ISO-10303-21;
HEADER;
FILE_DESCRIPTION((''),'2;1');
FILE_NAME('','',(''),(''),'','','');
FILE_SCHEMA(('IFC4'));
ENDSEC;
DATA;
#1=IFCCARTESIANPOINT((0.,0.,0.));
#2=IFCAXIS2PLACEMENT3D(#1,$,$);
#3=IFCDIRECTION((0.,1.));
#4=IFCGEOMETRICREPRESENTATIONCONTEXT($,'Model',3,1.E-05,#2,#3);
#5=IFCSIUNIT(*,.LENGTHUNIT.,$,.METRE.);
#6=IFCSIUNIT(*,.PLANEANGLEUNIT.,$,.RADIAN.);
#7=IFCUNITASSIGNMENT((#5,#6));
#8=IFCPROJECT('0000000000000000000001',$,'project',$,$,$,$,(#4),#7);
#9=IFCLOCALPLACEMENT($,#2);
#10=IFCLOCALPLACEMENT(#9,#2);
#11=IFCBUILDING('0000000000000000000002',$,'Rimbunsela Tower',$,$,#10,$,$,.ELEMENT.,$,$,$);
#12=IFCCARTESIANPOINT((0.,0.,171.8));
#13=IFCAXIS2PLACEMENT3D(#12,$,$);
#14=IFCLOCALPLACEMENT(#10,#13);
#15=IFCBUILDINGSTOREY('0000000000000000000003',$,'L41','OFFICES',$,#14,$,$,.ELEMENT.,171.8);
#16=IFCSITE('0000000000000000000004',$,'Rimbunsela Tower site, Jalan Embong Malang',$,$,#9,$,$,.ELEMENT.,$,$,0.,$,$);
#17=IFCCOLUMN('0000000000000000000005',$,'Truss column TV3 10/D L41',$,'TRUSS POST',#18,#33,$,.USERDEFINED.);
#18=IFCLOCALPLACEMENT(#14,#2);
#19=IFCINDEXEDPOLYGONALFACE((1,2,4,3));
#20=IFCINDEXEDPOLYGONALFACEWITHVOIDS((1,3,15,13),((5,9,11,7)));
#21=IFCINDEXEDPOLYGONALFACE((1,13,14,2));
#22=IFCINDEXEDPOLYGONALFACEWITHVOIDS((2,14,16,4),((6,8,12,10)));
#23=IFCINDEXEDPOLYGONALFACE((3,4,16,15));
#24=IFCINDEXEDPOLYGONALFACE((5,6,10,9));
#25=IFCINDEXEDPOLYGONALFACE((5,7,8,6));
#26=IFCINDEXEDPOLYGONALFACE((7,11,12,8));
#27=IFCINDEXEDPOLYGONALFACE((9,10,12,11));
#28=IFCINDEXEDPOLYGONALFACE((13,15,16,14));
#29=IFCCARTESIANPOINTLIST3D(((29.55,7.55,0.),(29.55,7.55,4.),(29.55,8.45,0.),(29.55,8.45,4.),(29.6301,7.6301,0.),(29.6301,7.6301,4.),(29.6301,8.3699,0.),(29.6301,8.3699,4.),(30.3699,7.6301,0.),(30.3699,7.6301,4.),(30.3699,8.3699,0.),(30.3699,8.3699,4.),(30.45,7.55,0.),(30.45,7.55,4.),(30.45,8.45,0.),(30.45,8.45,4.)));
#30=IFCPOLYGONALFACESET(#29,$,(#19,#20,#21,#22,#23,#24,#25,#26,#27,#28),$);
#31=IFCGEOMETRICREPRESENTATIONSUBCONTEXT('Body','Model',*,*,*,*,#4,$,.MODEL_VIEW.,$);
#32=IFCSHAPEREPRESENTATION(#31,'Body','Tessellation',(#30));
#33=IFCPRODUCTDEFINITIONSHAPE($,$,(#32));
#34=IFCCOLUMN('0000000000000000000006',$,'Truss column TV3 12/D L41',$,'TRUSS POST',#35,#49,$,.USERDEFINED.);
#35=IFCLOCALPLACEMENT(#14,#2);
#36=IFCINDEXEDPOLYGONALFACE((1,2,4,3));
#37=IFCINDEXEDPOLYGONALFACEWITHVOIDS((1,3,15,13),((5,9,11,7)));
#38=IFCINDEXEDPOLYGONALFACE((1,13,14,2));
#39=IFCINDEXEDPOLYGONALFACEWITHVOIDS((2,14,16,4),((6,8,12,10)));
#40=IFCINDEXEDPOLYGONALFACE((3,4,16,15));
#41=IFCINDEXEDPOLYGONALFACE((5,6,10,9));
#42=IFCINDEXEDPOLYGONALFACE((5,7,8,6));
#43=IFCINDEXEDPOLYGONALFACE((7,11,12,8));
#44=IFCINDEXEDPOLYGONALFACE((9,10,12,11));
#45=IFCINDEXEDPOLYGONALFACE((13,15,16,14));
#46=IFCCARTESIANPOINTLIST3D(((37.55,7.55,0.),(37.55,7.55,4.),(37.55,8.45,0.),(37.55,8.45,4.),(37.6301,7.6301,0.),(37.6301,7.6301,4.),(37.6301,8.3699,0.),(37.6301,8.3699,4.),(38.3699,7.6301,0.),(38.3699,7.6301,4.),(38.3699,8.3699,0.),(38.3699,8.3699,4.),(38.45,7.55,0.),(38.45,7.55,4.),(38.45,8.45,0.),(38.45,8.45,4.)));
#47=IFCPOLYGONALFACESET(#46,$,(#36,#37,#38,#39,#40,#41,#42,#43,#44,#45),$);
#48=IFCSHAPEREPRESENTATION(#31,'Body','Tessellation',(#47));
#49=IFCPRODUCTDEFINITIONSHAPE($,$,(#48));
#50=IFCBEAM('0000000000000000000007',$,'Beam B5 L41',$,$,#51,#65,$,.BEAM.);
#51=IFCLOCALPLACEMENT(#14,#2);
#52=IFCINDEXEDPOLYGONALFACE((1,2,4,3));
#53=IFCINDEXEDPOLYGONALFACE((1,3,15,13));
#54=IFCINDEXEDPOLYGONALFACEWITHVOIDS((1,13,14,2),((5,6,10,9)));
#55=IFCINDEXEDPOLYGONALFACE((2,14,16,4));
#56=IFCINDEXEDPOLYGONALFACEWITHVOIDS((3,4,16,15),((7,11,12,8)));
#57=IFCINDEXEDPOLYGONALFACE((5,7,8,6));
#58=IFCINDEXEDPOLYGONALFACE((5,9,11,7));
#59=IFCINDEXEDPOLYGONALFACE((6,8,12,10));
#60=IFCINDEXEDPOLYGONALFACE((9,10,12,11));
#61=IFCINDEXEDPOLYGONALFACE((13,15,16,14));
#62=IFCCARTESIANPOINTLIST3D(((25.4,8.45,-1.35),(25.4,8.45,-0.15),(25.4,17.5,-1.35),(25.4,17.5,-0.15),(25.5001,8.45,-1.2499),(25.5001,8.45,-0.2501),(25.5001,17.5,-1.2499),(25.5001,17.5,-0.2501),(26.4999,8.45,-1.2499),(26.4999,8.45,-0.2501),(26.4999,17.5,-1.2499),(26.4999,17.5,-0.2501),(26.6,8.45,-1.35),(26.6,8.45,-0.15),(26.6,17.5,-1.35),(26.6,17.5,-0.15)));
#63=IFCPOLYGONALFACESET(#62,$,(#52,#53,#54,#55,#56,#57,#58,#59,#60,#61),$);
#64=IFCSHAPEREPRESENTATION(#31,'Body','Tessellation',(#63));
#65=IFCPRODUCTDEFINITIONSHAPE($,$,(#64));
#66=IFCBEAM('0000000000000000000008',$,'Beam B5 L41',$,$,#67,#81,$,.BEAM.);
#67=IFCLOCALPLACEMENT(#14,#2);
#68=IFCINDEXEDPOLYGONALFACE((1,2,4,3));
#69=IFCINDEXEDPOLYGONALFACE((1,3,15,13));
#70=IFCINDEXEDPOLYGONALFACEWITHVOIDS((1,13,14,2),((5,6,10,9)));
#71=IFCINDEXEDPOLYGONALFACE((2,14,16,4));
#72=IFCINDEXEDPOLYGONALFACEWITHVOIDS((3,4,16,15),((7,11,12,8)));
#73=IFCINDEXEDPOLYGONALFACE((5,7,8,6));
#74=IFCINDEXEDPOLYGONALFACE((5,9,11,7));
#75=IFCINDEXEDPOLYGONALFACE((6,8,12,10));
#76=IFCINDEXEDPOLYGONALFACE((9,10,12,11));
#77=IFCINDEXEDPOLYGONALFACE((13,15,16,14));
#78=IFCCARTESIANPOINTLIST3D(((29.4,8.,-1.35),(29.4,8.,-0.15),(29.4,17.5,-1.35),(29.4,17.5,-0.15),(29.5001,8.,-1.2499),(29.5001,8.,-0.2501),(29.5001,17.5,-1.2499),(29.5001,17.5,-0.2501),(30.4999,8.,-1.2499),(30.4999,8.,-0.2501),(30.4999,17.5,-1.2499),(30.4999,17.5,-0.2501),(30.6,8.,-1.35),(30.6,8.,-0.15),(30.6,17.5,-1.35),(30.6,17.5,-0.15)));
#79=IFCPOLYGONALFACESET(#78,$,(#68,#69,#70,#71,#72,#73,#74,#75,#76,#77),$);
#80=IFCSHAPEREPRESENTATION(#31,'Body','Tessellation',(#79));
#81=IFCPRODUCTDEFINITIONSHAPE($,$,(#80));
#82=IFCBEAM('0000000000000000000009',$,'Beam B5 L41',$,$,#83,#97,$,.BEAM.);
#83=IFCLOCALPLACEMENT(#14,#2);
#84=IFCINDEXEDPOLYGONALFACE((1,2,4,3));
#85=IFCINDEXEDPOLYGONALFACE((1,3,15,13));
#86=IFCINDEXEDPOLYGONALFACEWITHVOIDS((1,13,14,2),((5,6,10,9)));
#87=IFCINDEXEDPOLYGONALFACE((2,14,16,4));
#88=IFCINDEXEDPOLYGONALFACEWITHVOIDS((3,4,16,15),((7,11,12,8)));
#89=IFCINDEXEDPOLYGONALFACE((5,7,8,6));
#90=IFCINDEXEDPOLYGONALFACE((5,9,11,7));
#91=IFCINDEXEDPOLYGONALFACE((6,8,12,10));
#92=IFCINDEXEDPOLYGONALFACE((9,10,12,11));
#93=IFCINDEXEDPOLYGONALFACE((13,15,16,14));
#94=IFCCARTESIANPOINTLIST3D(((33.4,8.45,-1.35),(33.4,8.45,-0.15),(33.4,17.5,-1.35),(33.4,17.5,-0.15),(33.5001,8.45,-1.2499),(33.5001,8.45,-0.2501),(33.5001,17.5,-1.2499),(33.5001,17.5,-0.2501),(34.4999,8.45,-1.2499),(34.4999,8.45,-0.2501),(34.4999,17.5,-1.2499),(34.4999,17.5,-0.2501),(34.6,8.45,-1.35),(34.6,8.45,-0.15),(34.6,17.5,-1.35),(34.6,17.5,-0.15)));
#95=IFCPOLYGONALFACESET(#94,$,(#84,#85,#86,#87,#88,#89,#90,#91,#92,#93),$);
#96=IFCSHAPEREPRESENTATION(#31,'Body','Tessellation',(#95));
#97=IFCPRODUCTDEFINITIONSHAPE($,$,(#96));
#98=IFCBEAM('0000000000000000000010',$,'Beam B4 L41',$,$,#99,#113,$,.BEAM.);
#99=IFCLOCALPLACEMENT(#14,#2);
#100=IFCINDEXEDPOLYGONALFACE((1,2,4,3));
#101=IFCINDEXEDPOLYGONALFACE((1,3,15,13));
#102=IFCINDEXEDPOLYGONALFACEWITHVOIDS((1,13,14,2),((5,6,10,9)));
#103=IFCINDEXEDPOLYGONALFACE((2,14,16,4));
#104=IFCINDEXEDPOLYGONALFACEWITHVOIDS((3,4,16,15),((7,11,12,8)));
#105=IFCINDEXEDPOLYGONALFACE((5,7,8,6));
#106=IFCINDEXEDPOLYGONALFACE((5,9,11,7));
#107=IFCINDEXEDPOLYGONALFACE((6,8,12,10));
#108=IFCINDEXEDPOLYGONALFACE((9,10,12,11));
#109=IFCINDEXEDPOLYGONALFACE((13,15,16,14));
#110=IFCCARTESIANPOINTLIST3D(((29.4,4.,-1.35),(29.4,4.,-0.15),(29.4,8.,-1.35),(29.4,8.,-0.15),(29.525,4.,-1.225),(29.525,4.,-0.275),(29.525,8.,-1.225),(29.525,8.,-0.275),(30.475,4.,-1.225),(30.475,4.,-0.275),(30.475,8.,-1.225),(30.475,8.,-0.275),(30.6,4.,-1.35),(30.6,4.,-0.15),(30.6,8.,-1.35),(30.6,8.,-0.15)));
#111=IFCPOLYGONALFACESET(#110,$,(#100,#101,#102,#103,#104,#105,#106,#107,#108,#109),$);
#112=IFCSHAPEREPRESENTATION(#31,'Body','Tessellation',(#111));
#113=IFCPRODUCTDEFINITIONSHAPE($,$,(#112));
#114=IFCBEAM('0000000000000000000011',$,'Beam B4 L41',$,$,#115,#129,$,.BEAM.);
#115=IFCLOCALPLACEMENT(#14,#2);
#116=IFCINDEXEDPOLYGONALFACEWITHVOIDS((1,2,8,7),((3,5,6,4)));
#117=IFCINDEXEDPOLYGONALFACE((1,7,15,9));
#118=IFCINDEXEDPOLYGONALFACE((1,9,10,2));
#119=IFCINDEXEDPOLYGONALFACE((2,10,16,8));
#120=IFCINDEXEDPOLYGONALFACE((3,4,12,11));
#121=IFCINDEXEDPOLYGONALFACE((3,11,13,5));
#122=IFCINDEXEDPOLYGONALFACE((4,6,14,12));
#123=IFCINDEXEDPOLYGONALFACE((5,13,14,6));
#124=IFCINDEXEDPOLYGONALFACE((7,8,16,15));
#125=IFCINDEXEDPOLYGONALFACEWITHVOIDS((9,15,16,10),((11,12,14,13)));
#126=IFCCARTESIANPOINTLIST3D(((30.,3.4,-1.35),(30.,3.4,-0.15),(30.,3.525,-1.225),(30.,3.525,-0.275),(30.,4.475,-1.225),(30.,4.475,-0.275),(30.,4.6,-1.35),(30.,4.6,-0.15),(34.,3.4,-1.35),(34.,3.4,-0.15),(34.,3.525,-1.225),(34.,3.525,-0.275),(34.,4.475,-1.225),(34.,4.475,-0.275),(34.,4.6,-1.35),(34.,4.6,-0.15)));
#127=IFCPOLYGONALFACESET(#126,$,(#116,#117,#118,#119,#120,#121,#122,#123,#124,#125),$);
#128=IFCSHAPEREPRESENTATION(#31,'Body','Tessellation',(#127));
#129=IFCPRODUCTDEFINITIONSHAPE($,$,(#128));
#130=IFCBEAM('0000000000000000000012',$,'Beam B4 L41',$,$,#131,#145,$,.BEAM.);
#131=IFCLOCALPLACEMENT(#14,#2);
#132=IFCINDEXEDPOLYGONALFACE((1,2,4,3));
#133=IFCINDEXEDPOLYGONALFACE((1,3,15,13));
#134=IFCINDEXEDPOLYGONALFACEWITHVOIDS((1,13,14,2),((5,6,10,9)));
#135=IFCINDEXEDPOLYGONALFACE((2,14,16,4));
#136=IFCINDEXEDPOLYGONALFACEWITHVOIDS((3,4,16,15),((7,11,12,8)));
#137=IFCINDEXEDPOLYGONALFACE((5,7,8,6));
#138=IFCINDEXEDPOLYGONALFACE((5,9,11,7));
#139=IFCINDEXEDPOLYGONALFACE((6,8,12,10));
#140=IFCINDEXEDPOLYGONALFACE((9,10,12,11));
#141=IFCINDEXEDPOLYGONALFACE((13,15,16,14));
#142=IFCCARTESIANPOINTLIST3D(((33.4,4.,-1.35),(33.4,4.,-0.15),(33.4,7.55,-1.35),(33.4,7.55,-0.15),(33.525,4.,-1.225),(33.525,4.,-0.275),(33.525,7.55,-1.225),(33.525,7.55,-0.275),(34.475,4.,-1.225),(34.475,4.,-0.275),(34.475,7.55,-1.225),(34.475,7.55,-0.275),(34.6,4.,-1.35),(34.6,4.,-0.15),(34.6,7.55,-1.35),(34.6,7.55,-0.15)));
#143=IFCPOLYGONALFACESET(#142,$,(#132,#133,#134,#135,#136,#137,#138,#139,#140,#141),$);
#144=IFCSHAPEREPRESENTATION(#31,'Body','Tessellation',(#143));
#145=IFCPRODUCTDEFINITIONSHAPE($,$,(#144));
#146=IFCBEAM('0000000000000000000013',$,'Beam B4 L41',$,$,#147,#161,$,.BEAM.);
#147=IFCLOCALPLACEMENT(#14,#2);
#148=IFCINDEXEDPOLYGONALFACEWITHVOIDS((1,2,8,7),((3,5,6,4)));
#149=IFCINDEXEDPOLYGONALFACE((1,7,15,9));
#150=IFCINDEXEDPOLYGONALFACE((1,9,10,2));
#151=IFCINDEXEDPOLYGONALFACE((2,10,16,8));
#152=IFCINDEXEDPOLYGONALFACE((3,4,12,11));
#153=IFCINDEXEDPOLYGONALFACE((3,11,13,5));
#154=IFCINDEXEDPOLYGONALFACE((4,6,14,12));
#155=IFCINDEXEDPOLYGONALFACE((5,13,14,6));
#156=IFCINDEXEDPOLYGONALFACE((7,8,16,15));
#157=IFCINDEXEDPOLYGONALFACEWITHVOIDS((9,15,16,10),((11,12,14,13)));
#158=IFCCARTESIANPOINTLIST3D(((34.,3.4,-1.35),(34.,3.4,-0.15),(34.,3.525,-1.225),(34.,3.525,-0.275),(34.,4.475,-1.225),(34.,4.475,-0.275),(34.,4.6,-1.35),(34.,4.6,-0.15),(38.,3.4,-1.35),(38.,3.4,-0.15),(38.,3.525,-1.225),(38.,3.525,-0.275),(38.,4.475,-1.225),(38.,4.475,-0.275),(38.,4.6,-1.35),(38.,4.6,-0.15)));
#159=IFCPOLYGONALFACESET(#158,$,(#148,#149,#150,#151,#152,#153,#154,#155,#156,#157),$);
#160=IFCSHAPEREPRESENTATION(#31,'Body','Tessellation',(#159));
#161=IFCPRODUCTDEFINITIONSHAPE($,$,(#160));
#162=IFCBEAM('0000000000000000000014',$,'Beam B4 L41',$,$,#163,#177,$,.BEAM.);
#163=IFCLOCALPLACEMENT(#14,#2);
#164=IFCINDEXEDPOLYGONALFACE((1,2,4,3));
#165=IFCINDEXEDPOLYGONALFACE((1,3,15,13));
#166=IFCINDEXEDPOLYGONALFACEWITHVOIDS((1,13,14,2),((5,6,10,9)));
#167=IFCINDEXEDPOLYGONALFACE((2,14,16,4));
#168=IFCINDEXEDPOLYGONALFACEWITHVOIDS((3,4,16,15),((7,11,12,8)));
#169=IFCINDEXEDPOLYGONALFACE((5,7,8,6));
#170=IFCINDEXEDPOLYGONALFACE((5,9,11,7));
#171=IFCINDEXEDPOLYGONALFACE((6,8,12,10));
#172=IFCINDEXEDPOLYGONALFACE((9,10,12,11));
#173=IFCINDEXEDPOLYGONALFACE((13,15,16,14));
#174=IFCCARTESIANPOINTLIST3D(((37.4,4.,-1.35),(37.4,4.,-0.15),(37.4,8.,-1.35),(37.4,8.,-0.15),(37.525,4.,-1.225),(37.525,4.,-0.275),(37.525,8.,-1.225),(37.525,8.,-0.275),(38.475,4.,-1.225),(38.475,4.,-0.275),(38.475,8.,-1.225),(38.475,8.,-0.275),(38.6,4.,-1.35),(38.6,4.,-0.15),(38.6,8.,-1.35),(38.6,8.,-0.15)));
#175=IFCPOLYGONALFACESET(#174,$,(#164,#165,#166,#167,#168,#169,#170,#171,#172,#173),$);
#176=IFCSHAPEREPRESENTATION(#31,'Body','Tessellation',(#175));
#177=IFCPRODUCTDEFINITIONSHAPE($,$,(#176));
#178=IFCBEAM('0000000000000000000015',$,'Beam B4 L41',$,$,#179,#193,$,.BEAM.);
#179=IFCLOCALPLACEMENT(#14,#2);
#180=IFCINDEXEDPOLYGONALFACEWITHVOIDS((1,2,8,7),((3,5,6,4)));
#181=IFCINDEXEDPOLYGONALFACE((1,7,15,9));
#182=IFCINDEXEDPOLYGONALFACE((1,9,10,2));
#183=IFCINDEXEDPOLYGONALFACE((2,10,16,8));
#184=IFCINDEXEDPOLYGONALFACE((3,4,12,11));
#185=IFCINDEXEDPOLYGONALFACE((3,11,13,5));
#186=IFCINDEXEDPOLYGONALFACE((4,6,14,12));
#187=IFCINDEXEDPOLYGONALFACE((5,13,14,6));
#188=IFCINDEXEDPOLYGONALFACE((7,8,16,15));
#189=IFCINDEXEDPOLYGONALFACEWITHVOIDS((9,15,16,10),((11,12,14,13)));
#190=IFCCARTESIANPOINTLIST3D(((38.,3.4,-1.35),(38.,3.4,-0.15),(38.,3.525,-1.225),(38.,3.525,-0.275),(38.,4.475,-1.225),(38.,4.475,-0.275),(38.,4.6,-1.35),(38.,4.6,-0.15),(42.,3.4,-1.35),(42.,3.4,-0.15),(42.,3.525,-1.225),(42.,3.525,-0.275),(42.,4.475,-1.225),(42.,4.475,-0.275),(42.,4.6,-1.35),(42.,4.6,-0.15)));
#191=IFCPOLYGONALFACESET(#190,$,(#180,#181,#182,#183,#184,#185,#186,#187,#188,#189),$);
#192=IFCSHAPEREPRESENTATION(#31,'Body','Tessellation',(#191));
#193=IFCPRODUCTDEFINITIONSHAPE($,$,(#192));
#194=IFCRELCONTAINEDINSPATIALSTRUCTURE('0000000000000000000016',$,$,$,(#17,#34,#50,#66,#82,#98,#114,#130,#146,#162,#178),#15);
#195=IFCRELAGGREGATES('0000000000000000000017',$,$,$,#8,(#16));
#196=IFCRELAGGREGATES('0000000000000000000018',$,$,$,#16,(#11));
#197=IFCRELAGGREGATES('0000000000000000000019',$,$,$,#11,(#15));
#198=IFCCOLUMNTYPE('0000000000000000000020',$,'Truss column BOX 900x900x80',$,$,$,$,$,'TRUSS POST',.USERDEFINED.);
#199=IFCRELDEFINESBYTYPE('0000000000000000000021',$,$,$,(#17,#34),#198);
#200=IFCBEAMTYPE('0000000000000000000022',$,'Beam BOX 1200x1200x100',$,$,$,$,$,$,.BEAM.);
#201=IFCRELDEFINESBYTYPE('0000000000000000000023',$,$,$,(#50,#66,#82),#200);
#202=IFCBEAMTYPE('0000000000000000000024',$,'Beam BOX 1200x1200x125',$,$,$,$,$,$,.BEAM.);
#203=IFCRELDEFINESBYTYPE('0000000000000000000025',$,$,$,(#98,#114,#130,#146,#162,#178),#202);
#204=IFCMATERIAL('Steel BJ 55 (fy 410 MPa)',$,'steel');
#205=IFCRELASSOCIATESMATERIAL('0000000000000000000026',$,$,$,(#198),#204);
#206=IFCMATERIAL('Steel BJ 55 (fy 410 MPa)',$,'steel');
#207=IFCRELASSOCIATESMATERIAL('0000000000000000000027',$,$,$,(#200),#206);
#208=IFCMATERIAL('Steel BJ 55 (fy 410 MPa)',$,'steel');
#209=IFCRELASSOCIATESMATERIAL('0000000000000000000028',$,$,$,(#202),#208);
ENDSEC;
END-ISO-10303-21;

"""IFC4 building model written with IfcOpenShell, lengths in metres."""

from ifc_helpers import new_model, si_unit, direction, frame, origin, origin_2d, place, context, subcontext, project, spatial, hollow_rectangle, extrude, material, material_profile, profile_set, type_object, element, save


model = new_model("IFC4")

# Units and contexts
model_context = context("Model", 3, precision=1e-05, world=origin(), true_north=direction((0.0, 1.0)))
body_context = subcontext(model_context, "Body", "Model", "MODEL_VIEW")
ifc_project = project(units=[si_unit("LENGTHUNIT", "METRE"), si_unit("PLANEANGLEUNIT", "RADIAN")], contexts=[model_context])

# Site, building, storey
site_placement = place(None, origin())
site = spatial("IfcSite", under=ifc_project, at=site_placement, Name="Rimbunsela Tower site, Jalan Embong Malang", CompositionType="ELEMENT", RefElevation=0.0)
building_placement = place(site_placement, origin())
building = spatial("IfcBuilding", under=site, at=building_placement, Name="Rimbunsela Tower", CompositionType="ELEMENT")
storey_placement = place(building_placement, frame((0.0, 0.0, 171.8)))
storey = spatial("IfcBuildingStorey", under=building, at=storey_placement, Name="L41", Description="OFFICES", CompositionType="ELEMENT", Elevation=171.8)

# Columns
ifc_material_1 = material(Name="Steel BJ 55 (fy 410 MPa)", Category="steel")
ifc_material_profile_1 = material_profile(ifc_material_1, hollow_rectangle(XDim=0.8999, YDim=0.8999, WallThickness=0.0801, at=origin_2d()), Name="BOX 900x900x80")
ifc_profile_set_1 = profile_set([ifc_material_profile_1], Name="Steel BJ 55 (fy 410 MPa)")
column_type = type_object("IfcColumnType", Name="Truss column BOX 900x900x80", ElementType="TRUSS POST", PredefinedType="USERDEFINED", material=ifc_profile_set_1)
for number, where, z_axis, x_axis, name in (
    (1, (30.0, 8.0, 0.0), (0.0, 0.0, 1.0), (1.0, 0.0, 0.0), "Truss column TV3 10/D L41"),
    (2, (38.0, 8.0, 0.0), (0.0, 0.0, 1.0), (1.0, 0.0, 0.0), "Truss column TV3 12/D L41"),
):
    element("IfcColumn", number, at=place(storey_placement, frame(where, z_axis=z_axis, x_axis=x_axis)), inside=storey, type_object=column_type, Name=name, ObjectType="TRUSS POST", PredefinedType="USERDEFINED", context=body_context, shape_type="SweptSolid", body=[
        extrude(hollow_rectangle(XDim=0.8999, YDim=0.8999, WallThickness=0.0801, at=origin_2d()), origin(), (0.0, 0.0, 1.0), 4.0),
    ])

# Beams
ifc_material_2 = material(Name="Steel BJ 55 (fy 410 MPa)", Category="steel")
ifc_material_profile_2 = material_profile(ifc_material_2, hollow_rectangle(XDim=1.2, YDim=1.2, WallThickness=0.1001, at=origin_2d()), Name="BOX 1200x1200x100")
ifc_profile_set_2 = profile_set([ifc_material_profile_2], Name="Steel BJ 55 (fy 410 MPa)")
beam_type_1 = type_object("IfcBeamType", Name="Beam BOX 1200x1200x100", PredefinedType="BEAM", material=ifc_profile_set_2)
beam_1_placement = place(storey_placement, frame((26.0, 8.45, -0.75), z_axis=(0.0, 1.0, 0.0), x_axis=(-1.0, 0.0, 0.0)))
element("IfcBeam", 3, at=beam_1_placement, inside=storey, type_object=beam_type_1, Name="Beam B5 L41", PredefinedType="BEAM", context=body_context, shape_type="SweptSolid", body=[
    extrude(hollow_rectangle(XDim=1.2, YDim=1.2, WallThickness=0.1001, at=origin_2d()), origin(), (0.0, 0.0, 1.0), 9.05),
])
beam_2_placement = place(storey_placement, frame((30.0, 8.0, -0.75), z_axis=(0.0, 1.0, 0.0), x_axis=(-1.0, 0.0, 0.0)))
element("IfcBeam", 4, at=beam_2_placement, inside=storey, type_object=beam_type_1, Name="Beam B5 L41", PredefinedType="BEAM", context=body_context, shape_type="SweptSolid", body=[
    extrude(hollow_rectangle(XDim=1.2, YDim=1.2, WallThickness=0.1001, at=origin_2d()), origin(), (0.0, 0.0, 1.0), 9.5),
])
beam_3_placement = place(storey_placement, frame((34.0, 8.45, -0.75), z_axis=(0.0, 1.0, 0.0), x_axis=(-1.0, 0.0, 0.0)))
element("IfcBeam", 5, at=beam_3_placement, inside=storey, type_object=beam_type_1, Name="Beam B5 L41", PredefinedType="BEAM", context=body_context, shape_type="SweptSolid", body=[
    extrude(hollow_rectangle(XDim=1.2, YDim=1.2, WallThickness=0.1001, at=origin_2d()), origin(), (0.0, 0.0, 1.0), 9.05),
])
ifc_material_3 = material(Name="Steel BJ 55 (fy 410 MPa)", Category="steel")
ifc_material_profile_3 = material_profile(ifc_material_3, hollow_rectangle(XDim=1.2, YDim=1.2, WallThickness=0.125, at=origin_2d()), Name="BOX 1200x1200x125")
ifc_profile_set_3 = profile_set([ifc_material_profile_3], Name="Steel BJ 55 (fy 410 MPa)")
beam_type_2 = type_object("IfcBeamType", Name="Beam BOX 1200x1200x125", PredefinedType="BEAM", material=ifc_profile_set_3)
for number, where, z_axis, x_axis, name in (
    (6, (30.0, 4.0, -0.75), (0.0, 1.0, 0.0), (-1.0, 0.0, 0.0), "Beam B4 L41"),
    (7, (30.0, 4.0, -0.75), (1.0, 0.0, 0.0), (0.0, 1.0, 0.0), "Beam B4 L41"),
):
    element("IfcBeam", number, at=place(storey_placement, frame(where, z_axis=z_axis, x_axis=x_axis)), inside=storey, type_object=beam_type_2, Name=name, PredefinedType="BEAM", context=body_context, shape_type="SweptSolid", body=[
        extrude(hollow_rectangle(XDim=1.2, YDim=1.2, WallThickness=0.125, at=origin_2d()), origin(), (0.0, 0.0, 1.0), 4.0),
    ])
beam_4_placement = place(storey_placement, frame((34.0, 4.0, -0.75), z_axis=(0.0, 1.0, 0.0), x_axis=(-1.0, 0.0, 0.0)))
element("IfcBeam", 8, at=beam_4_placement, inside=storey, type_object=beam_type_2, Name="Beam B4 L41", PredefinedType="BEAM", context=body_context, shape_type="SweptSolid", body=[
    extrude(hollow_rectangle(XDim=1.2, YDim=1.2, WallThickness=0.125, at=origin_2d()), origin(), (0.0, 0.0, 1.0), 3.55),
])
for number, where, z_axis, x_axis, name in (
    (9, (34.0, 4.0, -0.75), (1.0, 0.0, 0.0), (0.0, 1.0, 0.0), "Beam B4 L41"),
    (10, (38.0, 4.0, -0.75), (0.0, 1.0, 0.0), (-1.0, 0.0, 0.0), "Beam B4 L41"),
    (11, (38.0, 4.0, -0.75), (1.0, 0.0, 0.0), (0.0, 1.0, 0.0), "Beam B4 L41"),
):
    element("IfcBeam", number, at=place(storey_placement, frame(where, z_axis=z_axis, x_axis=x_axis)), inside=storey, type_object=beam_type_2, Name=name, PredefinedType="BEAM", context=body_context, shape_type="SweptSolid", body=[
        extrude(hollow_rectangle(XDim=1.2, YDim=1.2, WallThickness=0.125, at=origin_2d()), origin(), (0.0, 0.0, 1.0), 4.0),
    ])

save(model, "model.ifc")
